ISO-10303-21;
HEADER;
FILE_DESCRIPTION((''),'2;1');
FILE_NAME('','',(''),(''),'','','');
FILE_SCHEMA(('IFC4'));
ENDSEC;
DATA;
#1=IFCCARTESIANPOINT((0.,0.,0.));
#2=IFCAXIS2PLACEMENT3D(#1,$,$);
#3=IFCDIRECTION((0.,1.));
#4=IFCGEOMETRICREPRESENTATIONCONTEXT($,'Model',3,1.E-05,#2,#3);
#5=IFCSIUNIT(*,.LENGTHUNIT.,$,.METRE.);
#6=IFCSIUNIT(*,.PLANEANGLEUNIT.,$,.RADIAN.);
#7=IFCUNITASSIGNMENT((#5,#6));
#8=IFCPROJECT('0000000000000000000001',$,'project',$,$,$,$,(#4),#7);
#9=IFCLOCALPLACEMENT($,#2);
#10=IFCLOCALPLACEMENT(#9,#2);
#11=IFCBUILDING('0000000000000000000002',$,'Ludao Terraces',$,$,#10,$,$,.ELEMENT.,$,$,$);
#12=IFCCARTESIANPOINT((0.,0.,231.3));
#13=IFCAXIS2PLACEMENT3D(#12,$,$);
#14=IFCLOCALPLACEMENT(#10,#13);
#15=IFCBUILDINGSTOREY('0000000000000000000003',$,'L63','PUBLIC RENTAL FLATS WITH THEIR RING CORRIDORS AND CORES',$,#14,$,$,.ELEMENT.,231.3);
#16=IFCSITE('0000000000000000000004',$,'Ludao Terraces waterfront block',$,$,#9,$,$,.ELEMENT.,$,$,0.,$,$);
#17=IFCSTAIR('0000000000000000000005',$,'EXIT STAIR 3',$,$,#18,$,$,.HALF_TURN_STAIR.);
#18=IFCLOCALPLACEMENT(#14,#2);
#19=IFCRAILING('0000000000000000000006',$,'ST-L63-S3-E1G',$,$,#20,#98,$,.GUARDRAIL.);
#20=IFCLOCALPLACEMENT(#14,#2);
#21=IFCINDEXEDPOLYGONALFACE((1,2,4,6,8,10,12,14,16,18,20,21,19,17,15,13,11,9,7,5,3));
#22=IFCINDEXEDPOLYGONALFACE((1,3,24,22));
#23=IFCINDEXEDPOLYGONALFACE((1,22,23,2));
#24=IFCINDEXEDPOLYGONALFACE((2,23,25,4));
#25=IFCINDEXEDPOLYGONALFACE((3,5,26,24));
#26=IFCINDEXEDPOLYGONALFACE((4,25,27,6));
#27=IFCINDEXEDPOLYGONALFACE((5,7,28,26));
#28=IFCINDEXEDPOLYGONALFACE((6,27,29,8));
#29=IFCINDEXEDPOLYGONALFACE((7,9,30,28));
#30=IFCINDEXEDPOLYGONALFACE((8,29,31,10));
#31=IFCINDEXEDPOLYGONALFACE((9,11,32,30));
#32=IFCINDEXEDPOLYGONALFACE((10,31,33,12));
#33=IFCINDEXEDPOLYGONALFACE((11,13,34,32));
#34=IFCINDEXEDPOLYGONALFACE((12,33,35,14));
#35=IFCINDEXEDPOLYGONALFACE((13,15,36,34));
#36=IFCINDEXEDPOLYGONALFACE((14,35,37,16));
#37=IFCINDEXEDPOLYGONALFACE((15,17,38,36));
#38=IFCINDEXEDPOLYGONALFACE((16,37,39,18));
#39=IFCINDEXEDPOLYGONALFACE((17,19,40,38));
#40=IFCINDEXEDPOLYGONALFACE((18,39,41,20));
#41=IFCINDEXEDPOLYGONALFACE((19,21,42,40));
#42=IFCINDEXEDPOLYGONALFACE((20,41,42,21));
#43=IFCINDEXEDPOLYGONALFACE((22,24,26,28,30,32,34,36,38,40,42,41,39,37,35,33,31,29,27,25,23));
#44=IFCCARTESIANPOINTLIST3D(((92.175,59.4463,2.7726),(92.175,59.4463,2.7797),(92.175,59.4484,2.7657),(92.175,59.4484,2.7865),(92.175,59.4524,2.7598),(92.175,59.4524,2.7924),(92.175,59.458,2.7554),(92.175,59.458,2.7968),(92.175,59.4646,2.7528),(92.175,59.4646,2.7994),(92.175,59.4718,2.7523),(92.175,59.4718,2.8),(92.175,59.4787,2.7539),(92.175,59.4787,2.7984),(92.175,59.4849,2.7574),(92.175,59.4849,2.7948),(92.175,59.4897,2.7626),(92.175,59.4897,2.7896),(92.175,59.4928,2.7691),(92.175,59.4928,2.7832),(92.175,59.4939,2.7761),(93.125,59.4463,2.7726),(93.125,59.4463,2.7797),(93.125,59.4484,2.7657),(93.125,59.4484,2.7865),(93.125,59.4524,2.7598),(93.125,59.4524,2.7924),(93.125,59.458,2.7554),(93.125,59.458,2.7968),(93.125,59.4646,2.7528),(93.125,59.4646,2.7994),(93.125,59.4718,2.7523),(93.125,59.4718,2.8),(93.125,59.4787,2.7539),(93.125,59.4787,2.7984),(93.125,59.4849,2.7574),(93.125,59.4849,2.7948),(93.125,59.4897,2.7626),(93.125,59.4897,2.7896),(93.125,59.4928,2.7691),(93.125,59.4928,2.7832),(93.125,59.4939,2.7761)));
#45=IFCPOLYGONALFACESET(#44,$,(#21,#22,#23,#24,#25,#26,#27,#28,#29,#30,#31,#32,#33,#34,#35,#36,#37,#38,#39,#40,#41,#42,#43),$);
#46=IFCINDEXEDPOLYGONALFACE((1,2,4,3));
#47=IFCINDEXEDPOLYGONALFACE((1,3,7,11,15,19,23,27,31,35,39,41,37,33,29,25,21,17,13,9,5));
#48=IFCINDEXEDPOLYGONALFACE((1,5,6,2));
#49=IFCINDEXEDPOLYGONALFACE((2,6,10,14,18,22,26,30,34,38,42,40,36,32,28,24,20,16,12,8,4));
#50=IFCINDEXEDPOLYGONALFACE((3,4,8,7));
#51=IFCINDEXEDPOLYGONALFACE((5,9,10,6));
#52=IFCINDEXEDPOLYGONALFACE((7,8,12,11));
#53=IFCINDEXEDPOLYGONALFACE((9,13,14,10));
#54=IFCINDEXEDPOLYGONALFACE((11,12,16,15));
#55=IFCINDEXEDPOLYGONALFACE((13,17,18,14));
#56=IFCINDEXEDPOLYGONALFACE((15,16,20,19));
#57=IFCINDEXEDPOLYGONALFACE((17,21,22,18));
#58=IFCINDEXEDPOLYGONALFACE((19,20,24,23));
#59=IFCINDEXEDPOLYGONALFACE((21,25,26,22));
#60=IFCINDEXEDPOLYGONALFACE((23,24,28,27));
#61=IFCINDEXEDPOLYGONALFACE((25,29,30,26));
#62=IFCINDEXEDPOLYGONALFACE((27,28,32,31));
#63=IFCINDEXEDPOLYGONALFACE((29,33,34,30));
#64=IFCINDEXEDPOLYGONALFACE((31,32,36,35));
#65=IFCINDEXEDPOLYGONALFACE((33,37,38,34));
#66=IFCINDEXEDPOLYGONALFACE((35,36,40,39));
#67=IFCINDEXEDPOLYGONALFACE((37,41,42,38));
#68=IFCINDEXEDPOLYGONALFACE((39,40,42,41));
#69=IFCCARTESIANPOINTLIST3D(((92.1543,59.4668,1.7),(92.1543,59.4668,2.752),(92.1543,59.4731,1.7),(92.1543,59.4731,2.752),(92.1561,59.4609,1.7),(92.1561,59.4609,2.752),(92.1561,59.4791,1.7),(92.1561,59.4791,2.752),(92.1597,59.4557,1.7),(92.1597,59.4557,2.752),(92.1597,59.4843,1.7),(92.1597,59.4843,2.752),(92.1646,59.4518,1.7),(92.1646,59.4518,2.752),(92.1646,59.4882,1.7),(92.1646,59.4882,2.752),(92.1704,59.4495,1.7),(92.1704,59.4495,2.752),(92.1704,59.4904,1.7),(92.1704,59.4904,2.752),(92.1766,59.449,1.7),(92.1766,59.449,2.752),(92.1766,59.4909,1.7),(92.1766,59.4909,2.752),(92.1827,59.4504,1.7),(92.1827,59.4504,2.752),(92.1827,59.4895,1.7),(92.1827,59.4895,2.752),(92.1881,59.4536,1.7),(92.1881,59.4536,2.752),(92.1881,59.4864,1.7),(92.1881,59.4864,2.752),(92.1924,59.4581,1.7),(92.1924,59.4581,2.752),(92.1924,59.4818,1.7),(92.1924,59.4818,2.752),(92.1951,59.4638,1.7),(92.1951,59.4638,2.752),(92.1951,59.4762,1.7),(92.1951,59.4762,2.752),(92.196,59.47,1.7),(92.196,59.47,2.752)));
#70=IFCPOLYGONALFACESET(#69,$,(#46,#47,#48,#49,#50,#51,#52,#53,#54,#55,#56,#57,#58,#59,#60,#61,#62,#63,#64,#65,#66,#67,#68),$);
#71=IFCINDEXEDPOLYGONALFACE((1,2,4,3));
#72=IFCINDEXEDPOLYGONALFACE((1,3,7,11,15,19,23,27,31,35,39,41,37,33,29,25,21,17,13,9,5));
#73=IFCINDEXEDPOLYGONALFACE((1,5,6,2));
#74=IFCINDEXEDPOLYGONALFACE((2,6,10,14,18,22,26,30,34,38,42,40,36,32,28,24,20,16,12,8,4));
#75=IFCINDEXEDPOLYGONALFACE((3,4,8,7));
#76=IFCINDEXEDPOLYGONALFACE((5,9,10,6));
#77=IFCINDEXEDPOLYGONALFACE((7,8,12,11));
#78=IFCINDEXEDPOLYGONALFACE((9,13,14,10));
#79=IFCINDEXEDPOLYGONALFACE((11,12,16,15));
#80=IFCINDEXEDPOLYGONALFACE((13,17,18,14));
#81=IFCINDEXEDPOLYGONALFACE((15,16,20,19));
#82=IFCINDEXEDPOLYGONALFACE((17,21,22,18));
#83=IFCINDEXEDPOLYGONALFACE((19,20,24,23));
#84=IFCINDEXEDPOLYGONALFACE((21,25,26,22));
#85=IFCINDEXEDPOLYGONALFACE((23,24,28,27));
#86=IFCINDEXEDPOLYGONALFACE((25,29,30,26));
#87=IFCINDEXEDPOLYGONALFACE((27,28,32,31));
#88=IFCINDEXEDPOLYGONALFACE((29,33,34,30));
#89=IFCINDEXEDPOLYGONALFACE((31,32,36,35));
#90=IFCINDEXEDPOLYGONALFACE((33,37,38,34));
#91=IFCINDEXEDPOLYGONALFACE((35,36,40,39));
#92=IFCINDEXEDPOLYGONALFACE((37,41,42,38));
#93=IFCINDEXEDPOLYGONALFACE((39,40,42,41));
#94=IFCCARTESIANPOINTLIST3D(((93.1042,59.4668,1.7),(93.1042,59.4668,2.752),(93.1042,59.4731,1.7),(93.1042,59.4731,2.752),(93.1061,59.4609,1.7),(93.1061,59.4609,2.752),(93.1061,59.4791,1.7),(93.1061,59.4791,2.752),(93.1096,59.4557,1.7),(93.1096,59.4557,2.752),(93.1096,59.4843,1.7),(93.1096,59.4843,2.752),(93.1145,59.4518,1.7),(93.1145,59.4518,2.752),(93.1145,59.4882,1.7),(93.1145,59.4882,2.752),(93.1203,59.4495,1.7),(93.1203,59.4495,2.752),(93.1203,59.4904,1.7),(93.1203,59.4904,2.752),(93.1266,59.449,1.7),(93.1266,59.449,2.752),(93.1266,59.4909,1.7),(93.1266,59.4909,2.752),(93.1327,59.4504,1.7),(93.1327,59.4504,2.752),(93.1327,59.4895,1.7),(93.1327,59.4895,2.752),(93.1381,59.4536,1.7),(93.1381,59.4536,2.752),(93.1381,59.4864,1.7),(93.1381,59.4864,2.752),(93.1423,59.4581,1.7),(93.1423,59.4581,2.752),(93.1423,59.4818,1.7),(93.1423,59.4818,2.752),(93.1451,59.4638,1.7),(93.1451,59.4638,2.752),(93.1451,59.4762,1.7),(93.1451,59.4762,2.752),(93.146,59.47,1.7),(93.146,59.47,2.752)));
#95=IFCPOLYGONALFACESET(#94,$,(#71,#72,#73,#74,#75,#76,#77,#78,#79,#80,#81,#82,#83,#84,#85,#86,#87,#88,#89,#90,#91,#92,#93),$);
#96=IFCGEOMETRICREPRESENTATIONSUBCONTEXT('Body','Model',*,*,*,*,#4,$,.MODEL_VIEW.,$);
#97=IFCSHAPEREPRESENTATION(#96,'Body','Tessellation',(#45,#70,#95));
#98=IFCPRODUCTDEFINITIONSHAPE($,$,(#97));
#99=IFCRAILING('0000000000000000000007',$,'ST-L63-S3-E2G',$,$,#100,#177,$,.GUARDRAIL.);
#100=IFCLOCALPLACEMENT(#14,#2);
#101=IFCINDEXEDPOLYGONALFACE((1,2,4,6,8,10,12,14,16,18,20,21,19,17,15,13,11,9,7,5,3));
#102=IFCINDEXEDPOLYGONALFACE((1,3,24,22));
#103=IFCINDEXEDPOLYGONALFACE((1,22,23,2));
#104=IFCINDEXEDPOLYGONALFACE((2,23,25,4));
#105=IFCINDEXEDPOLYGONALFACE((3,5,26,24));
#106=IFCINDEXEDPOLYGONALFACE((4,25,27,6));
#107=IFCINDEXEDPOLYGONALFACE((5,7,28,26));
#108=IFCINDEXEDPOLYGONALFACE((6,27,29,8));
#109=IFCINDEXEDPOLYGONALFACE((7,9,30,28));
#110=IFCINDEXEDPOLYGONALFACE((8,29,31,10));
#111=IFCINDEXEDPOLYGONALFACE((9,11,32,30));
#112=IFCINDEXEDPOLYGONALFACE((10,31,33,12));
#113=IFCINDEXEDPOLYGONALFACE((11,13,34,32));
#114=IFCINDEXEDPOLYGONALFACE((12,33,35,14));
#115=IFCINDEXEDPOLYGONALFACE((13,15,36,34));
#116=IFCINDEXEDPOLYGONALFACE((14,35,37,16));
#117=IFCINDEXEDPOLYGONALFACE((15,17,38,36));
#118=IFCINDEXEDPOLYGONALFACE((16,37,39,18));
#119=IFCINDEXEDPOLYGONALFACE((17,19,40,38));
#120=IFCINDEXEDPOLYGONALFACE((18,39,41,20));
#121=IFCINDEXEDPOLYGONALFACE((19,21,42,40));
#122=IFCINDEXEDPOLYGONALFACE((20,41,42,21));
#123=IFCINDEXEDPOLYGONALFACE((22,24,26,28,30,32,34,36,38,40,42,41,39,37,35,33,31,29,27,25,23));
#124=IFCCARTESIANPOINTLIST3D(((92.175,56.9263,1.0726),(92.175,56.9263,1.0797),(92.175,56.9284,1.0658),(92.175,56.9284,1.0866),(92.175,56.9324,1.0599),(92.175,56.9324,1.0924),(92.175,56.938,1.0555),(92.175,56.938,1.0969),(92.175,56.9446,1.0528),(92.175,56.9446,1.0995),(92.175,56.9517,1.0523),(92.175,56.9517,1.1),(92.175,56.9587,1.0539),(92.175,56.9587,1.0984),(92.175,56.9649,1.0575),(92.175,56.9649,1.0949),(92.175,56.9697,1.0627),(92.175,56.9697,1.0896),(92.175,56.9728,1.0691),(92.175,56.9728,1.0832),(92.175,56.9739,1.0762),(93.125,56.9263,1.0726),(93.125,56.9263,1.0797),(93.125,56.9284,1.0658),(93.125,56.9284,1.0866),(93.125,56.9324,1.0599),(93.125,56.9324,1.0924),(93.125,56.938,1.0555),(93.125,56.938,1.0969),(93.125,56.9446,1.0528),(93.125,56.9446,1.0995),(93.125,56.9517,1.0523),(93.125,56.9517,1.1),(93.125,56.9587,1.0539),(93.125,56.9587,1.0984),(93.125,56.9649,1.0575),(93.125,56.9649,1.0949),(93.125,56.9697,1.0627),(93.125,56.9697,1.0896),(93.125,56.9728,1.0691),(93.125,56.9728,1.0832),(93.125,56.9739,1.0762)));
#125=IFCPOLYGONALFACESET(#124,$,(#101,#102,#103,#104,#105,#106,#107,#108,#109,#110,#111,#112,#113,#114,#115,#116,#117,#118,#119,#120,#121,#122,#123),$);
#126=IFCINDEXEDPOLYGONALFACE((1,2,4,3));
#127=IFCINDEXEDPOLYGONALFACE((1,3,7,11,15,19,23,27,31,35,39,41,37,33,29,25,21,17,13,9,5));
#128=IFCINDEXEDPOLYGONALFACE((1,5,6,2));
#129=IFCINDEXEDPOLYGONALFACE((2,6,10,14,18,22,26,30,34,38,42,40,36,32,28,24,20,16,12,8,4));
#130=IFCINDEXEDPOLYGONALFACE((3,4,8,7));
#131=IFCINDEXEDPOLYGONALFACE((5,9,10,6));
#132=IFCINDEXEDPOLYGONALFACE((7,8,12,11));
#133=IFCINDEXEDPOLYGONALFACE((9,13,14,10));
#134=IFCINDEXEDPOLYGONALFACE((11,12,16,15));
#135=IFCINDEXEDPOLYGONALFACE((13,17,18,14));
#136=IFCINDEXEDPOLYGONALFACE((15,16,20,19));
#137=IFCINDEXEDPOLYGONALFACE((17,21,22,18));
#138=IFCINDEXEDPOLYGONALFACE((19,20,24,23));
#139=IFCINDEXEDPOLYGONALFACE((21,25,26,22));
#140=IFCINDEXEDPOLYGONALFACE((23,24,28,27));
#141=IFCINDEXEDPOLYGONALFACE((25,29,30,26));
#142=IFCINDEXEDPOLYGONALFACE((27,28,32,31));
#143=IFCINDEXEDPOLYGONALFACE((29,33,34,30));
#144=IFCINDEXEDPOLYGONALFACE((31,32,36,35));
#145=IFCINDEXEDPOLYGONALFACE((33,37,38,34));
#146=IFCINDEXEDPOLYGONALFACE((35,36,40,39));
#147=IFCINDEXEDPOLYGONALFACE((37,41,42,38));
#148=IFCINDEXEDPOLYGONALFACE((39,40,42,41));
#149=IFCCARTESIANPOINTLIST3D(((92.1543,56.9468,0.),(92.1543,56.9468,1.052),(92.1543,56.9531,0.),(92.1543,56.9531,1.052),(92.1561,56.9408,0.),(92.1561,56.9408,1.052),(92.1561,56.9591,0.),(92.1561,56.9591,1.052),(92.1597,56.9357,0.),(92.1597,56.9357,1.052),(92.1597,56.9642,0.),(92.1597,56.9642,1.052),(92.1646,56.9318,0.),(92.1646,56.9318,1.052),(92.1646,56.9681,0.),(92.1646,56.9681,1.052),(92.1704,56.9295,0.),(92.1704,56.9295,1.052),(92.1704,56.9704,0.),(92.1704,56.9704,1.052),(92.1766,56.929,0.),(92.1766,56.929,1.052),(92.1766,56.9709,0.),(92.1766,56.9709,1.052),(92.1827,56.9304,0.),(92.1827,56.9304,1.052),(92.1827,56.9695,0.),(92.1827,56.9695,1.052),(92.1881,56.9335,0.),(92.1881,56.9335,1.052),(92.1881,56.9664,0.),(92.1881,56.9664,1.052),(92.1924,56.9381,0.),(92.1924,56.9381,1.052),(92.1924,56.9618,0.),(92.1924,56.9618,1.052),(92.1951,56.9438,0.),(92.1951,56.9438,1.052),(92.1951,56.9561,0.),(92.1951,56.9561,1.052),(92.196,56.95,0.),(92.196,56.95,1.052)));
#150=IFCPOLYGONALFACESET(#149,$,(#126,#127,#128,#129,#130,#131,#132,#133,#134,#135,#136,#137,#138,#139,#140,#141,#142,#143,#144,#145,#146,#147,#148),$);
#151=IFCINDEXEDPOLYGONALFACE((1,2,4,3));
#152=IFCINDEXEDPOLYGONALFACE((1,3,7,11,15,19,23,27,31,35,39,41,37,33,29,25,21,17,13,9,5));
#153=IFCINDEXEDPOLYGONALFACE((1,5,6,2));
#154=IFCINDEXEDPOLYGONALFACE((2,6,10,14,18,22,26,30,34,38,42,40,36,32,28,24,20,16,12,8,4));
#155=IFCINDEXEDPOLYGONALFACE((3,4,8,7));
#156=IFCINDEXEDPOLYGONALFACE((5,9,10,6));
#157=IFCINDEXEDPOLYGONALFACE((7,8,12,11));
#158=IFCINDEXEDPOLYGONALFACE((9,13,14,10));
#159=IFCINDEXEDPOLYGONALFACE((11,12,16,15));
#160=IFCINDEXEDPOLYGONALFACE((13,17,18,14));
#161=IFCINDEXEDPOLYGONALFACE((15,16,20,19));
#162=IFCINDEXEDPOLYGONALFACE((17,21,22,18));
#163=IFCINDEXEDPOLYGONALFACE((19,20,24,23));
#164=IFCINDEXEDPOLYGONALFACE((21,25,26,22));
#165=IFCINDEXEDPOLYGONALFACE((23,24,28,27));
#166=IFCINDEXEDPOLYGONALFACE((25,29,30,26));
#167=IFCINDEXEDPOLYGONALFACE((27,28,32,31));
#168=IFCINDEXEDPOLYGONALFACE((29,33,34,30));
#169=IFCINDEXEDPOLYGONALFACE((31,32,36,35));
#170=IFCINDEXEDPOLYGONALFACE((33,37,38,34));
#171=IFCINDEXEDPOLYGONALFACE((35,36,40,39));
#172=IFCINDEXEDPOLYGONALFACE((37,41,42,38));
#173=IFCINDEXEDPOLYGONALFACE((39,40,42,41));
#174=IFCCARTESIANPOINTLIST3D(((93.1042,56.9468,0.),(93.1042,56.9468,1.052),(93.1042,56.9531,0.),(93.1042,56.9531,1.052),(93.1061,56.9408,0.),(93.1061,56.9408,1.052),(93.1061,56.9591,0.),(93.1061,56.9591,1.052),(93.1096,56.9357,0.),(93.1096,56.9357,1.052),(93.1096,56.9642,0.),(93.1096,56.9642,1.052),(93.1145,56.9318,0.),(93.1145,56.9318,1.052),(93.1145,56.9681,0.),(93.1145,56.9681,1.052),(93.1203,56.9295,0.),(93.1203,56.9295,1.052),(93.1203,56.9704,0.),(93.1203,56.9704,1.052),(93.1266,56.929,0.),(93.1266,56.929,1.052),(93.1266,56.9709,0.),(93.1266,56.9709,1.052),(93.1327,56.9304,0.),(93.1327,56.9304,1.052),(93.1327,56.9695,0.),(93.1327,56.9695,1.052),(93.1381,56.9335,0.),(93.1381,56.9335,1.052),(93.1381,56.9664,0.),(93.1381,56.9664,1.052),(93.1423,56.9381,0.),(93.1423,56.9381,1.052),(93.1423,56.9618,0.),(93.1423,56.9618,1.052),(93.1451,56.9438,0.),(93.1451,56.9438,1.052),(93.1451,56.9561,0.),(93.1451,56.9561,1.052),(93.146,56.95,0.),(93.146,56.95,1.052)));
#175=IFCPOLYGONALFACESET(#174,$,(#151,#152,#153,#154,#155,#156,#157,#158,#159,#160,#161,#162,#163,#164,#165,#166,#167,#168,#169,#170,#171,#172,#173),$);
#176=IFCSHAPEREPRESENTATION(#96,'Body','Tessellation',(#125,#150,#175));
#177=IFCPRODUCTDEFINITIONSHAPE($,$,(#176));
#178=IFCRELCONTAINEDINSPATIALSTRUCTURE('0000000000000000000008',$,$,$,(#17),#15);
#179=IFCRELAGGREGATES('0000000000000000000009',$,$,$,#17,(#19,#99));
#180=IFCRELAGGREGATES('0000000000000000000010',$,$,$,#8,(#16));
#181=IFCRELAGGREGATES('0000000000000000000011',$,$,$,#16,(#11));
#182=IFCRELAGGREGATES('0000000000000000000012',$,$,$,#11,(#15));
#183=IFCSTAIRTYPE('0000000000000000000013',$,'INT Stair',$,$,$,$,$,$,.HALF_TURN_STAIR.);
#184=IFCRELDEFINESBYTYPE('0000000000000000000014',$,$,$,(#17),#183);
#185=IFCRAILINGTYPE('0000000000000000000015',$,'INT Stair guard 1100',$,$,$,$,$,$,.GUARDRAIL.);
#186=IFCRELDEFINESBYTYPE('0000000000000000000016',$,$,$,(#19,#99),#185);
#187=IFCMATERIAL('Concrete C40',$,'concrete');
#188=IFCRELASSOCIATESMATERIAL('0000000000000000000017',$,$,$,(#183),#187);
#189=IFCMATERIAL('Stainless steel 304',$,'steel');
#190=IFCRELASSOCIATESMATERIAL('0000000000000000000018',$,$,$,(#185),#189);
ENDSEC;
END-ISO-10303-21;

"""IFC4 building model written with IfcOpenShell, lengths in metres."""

from ifc_helpers import new_model, si_unit, direction, frame, origin, origin_2d, place, context, subcontext, project, spatial, circle, extrude, material, type_object, element, aggregate, save


model = new_model("IFC4")

# Units and contexts
model_context = context("Model", 3, precision=1e-05, world=origin(), true_north=direction((0.0, 1.0)))
body_context = subcontext(model_context, "Body", "Model", "MODEL_VIEW")
ifc_project = project(units=[si_unit("LENGTHUNIT", "METRE"), si_unit("PLANEANGLEUNIT", "RADIAN")], contexts=[model_context])

# Site, building, storey
site_placement = place(None, origin())
site = spatial("IfcSite", under=ifc_project, at=site_placement, Name="Ludao Terraces waterfront block", CompositionType="ELEMENT", RefElevation=0.0)
building_placement = place(site_placement, origin())
building = spatial("IfcBuilding", under=site, at=building_placement, Name="Ludao Terraces", CompositionType="ELEMENT")
storey_placement = place(building_placement, frame((0.0, 0.0, 231.3)))
storey = spatial("IfcBuildingStorey", under=building, at=storey_placement, Name="L63", Description="PUBLIC RENTAL FLATS WITH THEIR RING CORRIDORS AND CORES", CompositionType="ELEMENT", Elevation=231.3)

# Shared definitions
ifc_material_1 = material(Name="Concrete C40", Category="concrete")

# Stair, railings
stair_type = type_object("IfcStairType", Name="INT Stair", PredefinedType="HALF_TURN_STAIR", material=ifc_material_1)
stair_placement = place(storey_placement, origin())
stair = element("IfcStair", 1, at=stair_placement, inside=storey, type_object=stair_type, Name="EXIT STAIR 3", PredefinedType="HALF_TURN_STAIR")
ifc_material_2 = material(Name="Stainless steel 304", Category="steel")
railing_type_1 = type_object("IfcRailingType", Name="INT Stair guard 1100", PredefinedType="GUARDRAIL", material=ifc_material_2)
railing_1_placement = place(storey_placement, frame((92.175, 59.47, 1.7)))
railing_1 = element("IfcRailing", 2, at=railing_1_placement, type_object=railing_type_1, Name="ST-L63-S3-E1G", PredefinedType="GUARDRAIL", context=body_context, shape_type="SweptSolid", body=[
    extrude(circle(Radius=0.0239, at=origin_2d()), frame((0.0, 0.0, 1.0762), z_axis=(1.0, 0.0, 0.0), x_axis=(0.0, 1.0, 0.0)), (0.0, 0.0, 1.0), 0.95),
    extrude(circle(Radius=0.021, at=origin_2d()), origin(), (0.0, 0.0, 1.0), 1.052),
    extrude(circle(Radius=0.021, at=origin_2d()), frame((0.95, 0.0, 0.0)), (0.0, 0.0, 1.0), 1.052),
])
railing_2_placement = place(storey_placement, frame((92.175, 56.95, 0.0)))
railing_2 = element("IfcRailing", 3, at=railing_2_placement, type_object=railing_type_1, Name="ST-L63-S3-E2G", PredefinedType="GUARDRAIL", context=body_context, shape_type="SweptSolid", body=[
    extrude(circle(Radius=0.0239, at=origin_2d()), frame((0.0, 0.0, 1.0762), z_axis=(1.0, 0.0, 0.0), x_axis=(0.0, 1.0, 0.0)), (0.0, 0.0, 1.0), 0.95),
    extrude(circle(Radius=0.021, at=origin_2d()), origin(), (0.0, 0.0, 1.0), 1.052),
    extrude(circle(Radius=0.021, at=origin_2d()), frame((0.95, 0.0, 0.0)), (0.0, 0.0, 1.0), 1.052),
])
aggregate(stair, [railing_1, railing_2])

save(model, "model.ifc")
